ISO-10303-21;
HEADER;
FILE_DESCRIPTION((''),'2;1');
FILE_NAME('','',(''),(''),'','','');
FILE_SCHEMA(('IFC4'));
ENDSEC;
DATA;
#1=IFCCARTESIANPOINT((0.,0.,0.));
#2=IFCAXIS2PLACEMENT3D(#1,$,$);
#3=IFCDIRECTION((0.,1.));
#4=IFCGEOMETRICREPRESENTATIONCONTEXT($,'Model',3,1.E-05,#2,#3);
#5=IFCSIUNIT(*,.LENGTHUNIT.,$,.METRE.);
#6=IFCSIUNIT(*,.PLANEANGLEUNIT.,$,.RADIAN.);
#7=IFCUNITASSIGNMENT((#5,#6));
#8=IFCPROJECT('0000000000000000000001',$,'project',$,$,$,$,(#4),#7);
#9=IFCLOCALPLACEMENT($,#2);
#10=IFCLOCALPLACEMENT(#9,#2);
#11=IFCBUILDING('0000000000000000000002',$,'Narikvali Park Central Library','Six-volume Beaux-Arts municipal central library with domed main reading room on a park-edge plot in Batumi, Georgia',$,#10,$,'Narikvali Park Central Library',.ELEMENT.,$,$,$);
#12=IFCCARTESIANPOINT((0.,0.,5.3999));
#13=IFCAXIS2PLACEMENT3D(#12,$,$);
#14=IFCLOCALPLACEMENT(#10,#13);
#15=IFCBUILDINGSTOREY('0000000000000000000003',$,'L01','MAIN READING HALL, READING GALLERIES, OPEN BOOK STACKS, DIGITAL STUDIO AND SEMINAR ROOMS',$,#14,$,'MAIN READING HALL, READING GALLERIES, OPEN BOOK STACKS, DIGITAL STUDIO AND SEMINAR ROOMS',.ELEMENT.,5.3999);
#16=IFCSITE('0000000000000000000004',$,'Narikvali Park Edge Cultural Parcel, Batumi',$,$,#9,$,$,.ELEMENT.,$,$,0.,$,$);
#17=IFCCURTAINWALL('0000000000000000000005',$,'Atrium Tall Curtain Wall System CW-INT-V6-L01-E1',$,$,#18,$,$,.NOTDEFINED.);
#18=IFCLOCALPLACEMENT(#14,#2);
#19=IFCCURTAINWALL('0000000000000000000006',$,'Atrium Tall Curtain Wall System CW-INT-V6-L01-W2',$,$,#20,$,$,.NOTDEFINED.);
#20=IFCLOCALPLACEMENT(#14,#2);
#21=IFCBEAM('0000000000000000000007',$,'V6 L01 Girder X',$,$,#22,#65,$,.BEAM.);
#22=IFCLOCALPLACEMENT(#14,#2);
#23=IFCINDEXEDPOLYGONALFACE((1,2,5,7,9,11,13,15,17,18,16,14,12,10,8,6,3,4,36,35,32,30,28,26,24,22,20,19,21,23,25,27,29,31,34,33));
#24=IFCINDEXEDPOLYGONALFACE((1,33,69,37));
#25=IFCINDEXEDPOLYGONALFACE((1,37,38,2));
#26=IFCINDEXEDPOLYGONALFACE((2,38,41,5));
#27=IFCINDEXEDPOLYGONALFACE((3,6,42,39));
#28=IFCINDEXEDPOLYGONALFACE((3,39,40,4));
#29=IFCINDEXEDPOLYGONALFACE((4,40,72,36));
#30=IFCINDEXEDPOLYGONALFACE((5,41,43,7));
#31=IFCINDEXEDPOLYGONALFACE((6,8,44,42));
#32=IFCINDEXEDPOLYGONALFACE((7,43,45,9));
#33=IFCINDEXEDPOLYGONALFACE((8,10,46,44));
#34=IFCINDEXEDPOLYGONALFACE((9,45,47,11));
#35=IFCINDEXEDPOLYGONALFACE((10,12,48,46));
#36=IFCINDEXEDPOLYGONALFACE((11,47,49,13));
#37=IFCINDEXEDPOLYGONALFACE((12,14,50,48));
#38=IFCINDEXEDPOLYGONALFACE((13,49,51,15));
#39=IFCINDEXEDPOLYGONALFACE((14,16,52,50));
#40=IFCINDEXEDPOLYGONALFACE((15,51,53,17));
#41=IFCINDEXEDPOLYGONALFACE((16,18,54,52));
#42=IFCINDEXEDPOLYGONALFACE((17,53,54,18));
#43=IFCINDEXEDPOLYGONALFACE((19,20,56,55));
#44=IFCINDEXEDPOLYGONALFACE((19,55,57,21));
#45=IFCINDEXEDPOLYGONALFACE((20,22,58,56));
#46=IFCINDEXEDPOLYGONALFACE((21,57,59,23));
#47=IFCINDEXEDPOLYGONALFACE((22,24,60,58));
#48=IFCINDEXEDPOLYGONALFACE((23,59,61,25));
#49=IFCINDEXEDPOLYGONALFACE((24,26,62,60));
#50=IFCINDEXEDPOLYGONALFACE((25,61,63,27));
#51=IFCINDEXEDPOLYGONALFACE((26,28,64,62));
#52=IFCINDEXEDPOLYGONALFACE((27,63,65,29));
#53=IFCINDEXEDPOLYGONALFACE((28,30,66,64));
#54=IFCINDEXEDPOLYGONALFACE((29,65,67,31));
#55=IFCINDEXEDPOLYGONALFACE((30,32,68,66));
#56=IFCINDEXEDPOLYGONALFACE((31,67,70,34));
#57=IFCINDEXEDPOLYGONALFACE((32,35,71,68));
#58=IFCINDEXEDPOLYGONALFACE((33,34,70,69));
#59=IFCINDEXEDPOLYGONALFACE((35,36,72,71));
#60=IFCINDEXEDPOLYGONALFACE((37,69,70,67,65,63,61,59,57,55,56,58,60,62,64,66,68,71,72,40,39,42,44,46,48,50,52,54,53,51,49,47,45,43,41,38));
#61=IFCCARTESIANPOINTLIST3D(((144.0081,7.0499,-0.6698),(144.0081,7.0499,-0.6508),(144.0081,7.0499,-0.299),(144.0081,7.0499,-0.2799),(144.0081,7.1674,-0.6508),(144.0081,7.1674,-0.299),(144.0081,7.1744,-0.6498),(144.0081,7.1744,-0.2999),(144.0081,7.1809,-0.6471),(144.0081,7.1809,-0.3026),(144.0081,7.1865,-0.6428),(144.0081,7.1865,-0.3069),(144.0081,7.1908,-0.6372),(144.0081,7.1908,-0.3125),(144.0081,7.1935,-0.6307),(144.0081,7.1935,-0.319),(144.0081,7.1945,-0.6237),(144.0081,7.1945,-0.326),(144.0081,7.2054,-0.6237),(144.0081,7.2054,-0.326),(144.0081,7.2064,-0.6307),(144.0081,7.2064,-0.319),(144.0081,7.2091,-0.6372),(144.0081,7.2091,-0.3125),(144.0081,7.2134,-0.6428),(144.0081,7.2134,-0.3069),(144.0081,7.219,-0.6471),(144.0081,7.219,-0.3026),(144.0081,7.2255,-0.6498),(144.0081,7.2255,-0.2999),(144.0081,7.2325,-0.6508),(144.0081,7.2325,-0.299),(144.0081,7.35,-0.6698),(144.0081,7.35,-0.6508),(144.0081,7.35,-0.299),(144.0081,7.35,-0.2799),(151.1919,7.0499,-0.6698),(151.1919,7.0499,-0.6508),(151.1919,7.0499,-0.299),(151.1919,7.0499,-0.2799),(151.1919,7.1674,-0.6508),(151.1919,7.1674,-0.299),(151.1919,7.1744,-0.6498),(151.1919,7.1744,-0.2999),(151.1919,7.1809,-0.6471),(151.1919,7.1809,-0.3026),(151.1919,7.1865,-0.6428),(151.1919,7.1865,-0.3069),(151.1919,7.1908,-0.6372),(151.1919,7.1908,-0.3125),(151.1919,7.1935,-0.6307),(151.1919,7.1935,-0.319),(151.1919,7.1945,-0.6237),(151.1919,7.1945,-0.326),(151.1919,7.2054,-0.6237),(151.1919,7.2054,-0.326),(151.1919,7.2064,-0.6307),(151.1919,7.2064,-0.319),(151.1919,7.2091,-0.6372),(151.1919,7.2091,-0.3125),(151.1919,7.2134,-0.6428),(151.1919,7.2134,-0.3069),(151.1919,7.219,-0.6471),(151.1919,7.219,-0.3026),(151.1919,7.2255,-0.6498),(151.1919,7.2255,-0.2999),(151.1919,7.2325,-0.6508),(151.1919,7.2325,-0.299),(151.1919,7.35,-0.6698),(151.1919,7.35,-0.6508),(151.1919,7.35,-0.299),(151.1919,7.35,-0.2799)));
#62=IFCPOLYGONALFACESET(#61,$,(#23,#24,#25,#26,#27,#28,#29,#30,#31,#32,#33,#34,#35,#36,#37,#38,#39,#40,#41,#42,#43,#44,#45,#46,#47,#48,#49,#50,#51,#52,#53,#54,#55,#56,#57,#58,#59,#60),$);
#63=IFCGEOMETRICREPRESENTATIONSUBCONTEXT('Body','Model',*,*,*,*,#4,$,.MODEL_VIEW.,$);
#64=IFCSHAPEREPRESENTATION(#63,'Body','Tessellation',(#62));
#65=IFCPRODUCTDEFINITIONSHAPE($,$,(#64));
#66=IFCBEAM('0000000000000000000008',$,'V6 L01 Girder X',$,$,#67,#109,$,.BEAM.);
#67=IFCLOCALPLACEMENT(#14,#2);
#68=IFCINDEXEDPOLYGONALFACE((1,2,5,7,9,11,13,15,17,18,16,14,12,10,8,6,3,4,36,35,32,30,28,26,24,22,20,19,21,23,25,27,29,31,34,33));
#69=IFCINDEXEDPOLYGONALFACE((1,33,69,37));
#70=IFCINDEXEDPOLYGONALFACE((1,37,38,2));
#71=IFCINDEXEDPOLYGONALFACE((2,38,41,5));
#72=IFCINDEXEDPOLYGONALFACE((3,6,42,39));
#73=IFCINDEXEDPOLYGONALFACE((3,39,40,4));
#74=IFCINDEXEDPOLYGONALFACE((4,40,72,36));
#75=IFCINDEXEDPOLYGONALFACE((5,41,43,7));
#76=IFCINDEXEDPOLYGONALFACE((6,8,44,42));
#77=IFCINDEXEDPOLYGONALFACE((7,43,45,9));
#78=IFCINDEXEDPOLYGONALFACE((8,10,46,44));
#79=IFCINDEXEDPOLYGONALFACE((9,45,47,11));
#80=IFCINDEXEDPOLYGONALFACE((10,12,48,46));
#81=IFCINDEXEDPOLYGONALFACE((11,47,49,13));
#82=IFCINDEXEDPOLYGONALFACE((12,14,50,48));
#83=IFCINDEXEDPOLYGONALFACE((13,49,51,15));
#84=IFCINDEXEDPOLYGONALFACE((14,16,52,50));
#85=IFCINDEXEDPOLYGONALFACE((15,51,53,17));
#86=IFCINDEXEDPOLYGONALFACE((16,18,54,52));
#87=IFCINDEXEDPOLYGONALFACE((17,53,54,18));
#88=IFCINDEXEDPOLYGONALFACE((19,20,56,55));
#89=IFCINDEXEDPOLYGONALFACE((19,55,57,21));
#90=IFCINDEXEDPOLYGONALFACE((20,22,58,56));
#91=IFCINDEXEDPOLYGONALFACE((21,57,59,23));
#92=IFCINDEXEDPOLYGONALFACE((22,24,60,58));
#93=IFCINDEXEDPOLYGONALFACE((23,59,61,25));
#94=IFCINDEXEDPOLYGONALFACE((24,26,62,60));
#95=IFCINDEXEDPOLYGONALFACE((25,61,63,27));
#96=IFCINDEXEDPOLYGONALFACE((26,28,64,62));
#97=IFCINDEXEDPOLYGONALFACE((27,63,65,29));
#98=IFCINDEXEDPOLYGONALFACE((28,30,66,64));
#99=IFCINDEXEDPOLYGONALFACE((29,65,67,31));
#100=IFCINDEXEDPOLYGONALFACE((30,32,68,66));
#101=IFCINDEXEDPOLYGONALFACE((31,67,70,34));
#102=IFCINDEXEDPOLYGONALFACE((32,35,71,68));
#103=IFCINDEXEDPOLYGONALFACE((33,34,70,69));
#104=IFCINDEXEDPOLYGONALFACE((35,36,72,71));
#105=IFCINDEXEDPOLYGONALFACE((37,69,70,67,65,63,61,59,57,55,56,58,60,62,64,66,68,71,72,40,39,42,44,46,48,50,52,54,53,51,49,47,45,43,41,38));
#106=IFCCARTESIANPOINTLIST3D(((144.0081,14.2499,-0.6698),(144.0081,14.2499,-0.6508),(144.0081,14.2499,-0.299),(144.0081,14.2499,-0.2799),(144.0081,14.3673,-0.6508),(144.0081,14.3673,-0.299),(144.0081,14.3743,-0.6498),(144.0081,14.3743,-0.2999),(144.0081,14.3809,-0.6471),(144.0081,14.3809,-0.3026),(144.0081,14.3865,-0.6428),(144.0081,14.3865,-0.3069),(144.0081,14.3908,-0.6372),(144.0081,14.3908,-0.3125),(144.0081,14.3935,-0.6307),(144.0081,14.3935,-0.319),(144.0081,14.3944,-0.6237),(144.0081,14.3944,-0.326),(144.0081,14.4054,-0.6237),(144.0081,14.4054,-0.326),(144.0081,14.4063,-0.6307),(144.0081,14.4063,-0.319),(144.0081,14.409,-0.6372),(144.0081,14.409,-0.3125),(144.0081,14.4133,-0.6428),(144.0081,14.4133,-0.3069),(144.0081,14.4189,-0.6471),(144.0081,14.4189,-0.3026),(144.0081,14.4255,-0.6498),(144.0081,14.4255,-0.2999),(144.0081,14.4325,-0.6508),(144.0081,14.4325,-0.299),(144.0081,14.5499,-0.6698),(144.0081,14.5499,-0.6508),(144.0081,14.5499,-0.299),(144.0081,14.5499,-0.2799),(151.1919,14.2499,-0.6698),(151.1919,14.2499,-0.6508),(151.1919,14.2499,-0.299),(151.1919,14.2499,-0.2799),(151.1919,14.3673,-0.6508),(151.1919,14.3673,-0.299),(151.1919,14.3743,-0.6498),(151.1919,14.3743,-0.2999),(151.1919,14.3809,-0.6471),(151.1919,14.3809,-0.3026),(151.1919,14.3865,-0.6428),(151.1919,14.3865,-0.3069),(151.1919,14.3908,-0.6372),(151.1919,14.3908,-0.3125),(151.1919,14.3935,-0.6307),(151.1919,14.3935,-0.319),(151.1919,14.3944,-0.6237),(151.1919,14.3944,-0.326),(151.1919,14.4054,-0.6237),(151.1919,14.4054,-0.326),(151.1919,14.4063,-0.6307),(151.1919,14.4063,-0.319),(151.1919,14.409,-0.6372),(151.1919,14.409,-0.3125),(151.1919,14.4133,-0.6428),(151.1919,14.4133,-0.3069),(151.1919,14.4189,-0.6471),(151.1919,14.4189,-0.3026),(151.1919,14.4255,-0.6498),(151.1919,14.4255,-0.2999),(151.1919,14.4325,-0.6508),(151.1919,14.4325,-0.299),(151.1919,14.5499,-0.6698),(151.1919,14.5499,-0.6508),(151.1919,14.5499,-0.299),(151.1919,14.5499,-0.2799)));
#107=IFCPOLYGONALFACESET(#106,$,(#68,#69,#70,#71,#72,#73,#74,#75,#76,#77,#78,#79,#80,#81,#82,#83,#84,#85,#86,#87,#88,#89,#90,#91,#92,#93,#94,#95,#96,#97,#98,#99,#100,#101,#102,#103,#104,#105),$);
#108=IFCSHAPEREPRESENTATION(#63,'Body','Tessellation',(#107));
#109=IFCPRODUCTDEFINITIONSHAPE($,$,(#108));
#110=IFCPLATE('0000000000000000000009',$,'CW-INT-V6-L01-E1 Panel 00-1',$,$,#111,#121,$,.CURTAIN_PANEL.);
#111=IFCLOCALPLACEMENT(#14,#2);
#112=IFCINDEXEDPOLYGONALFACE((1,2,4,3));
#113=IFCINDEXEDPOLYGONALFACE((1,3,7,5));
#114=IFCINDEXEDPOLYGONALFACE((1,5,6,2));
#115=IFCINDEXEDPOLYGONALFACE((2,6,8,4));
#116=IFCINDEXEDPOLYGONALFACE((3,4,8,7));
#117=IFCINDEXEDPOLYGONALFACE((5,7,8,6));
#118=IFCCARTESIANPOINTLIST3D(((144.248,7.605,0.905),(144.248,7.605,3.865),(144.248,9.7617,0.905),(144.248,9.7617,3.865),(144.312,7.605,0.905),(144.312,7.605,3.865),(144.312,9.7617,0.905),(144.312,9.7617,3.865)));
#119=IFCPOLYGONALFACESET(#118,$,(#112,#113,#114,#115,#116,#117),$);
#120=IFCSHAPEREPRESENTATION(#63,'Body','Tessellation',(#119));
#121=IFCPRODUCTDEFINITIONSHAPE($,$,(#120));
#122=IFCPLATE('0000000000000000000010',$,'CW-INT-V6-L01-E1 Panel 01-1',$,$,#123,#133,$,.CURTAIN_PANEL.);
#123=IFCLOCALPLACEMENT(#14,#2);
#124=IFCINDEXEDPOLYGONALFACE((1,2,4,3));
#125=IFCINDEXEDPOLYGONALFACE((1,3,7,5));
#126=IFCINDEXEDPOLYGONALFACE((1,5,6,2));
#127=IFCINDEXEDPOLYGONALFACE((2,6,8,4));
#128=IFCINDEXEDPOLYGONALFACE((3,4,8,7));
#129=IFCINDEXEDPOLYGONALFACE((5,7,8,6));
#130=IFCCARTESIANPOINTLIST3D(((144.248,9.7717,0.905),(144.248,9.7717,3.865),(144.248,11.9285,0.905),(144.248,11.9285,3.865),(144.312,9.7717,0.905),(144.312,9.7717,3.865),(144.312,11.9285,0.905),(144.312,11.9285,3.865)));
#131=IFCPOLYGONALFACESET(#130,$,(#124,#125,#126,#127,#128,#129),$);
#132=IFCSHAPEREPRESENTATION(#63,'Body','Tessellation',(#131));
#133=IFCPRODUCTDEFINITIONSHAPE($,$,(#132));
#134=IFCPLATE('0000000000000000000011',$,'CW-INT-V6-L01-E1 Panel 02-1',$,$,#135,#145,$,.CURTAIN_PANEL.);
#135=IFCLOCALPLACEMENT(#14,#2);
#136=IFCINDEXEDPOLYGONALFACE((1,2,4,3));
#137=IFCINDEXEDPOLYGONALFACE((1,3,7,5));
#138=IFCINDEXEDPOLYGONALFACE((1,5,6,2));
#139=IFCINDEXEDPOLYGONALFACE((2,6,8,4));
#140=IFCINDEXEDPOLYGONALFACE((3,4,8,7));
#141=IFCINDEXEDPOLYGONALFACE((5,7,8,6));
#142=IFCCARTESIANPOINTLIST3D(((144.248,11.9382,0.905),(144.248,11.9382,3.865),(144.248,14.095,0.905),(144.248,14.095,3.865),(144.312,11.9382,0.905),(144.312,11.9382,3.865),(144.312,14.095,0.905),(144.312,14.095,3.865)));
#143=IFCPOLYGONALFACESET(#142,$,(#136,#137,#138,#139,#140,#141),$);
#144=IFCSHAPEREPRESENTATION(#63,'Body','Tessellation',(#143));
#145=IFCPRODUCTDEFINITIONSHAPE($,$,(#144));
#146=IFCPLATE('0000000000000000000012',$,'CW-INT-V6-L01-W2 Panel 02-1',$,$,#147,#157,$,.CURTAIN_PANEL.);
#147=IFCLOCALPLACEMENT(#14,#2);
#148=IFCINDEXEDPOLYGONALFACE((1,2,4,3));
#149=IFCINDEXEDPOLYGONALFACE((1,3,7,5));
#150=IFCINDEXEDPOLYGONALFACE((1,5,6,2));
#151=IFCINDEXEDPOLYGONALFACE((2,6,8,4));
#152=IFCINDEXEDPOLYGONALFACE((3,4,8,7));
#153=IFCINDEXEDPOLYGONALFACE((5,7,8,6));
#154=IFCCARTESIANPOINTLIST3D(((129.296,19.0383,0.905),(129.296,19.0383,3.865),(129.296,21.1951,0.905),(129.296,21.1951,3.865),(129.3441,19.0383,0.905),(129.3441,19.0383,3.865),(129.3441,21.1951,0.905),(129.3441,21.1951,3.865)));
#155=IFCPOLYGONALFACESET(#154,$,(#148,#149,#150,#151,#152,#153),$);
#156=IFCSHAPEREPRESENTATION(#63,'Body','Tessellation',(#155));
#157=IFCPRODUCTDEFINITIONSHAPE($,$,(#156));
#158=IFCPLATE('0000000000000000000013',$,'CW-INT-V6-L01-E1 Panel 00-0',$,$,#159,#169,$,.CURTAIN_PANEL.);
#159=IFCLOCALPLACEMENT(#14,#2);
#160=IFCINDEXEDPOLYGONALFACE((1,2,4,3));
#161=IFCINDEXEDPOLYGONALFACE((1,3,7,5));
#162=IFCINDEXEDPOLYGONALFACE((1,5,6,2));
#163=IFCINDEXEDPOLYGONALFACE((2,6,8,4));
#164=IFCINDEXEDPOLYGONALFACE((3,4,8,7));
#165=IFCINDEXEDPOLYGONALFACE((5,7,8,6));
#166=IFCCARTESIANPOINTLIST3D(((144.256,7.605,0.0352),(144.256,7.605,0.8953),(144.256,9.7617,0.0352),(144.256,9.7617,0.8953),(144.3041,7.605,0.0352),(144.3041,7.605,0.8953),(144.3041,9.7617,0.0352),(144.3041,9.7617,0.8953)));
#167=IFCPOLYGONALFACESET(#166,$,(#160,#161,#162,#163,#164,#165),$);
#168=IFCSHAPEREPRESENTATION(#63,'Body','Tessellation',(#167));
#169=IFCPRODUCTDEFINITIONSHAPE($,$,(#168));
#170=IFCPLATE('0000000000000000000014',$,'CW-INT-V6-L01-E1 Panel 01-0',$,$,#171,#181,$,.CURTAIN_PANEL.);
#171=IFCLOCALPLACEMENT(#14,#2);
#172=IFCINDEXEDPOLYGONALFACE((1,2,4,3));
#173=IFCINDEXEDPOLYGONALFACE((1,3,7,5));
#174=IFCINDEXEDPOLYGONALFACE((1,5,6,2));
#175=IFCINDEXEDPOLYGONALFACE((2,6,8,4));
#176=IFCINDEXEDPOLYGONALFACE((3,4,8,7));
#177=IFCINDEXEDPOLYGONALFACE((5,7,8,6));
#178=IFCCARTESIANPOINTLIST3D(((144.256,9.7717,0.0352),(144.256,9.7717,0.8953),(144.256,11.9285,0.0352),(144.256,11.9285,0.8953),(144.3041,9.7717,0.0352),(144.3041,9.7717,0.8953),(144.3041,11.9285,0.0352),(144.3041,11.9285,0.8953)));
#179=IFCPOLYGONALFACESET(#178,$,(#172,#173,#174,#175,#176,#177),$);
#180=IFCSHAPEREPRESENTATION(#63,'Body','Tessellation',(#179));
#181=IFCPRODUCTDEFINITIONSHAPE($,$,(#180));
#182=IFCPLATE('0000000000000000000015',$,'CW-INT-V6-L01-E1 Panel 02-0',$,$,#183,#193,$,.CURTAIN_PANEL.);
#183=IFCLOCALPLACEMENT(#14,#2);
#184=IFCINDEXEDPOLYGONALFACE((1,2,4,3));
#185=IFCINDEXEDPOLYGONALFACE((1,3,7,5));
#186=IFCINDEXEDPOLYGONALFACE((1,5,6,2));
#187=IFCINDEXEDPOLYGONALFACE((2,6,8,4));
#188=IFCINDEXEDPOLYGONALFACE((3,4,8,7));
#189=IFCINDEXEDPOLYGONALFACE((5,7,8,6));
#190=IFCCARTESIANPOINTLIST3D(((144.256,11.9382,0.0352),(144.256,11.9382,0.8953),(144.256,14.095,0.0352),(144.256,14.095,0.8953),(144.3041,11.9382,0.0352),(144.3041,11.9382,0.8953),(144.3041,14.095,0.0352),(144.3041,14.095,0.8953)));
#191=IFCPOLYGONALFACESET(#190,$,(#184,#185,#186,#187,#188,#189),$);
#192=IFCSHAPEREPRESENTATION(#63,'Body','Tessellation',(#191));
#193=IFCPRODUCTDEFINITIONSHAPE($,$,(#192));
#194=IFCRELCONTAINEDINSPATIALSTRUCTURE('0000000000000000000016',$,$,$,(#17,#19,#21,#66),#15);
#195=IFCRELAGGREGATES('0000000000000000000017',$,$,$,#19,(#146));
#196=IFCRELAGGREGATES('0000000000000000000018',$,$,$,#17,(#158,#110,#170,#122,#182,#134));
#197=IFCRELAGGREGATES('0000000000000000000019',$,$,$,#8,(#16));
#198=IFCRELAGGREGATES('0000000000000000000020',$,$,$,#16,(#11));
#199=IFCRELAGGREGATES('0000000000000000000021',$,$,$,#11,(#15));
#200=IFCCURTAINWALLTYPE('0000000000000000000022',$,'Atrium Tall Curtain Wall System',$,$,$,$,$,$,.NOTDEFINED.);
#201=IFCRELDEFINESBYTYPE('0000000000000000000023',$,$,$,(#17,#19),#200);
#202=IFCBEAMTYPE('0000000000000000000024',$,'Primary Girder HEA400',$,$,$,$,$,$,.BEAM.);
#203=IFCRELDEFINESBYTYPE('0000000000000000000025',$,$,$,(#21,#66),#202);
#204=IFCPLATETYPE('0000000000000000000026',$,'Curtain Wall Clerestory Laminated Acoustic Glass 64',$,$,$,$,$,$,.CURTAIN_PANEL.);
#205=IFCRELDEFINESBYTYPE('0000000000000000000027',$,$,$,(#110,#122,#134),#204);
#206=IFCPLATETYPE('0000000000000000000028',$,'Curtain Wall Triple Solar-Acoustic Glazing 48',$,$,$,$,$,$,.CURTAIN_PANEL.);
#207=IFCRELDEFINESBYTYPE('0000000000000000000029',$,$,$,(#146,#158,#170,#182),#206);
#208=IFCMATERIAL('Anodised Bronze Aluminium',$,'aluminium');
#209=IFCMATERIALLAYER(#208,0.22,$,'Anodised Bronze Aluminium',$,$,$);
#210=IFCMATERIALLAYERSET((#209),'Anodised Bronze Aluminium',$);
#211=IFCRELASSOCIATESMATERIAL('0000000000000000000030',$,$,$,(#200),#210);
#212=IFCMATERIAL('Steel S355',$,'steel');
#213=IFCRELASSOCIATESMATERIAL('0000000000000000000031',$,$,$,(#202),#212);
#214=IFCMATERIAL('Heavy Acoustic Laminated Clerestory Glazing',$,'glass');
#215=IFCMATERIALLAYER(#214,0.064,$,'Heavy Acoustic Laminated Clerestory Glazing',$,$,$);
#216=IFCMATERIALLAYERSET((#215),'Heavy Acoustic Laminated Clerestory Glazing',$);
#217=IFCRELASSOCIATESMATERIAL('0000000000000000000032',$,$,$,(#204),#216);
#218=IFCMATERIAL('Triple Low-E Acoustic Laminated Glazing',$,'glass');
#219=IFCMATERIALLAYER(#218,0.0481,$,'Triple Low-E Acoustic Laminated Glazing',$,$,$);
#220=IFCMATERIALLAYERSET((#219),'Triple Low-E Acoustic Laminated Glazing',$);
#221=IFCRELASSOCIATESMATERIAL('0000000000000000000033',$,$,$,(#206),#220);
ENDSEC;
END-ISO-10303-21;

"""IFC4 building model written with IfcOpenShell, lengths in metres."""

from ifc_helpers import new_model, si_unit, direction, frame, origin, origin_2d, place, context, subcontext, project, spatial, rectangle, i_section, extrude, material, layer, layer_set, material_profile, profile_set, type_object, element, aggregate, save


model = new_model("IFC4")

# Units and contexts
model_context = context("Model", 3, precision=1e-05, world=origin(), true_north=direction((0.0, 1.0)))
body_context = subcontext(model_context, "Body", "Model", "MODEL_VIEW")
ifc_project = project(units=[si_unit("LENGTHUNIT", "METRE"), si_unit("PLANEANGLEUNIT", "RADIAN")], contexts=[model_context])

# Site, building, storey
site_placement = place(None, origin())
site = spatial("IfcSite", under=ifc_project, at=site_placement, Name="Narikvali Park Edge Cultural Parcel, Batumi", CompositionType="ELEMENT", RefElevation=0.0)
building_placement = place(site_placement, origin())
building = spatial("IfcBuilding", under=site, at=building_placement, Name="Narikvali Park Central Library", Description="Six-volume Beaux-Arts municipal central library with domed main reading room on a park-edge plot in Batumi, Georgia", LongName="Narikvali Park Central Library", CompositionType="ELEMENT")
storey_placement = place(building_placement, frame((0.0, 0.0, 5.3999)))
storey = spatial("IfcBuildingStorey", under=building, at=storey_placement, Name="L01", Description="MAIN READING HALL, READING GALLERIES, OPEN BOOK STACKS, DIGITAL STUDIO AND SEMINAR ROOMS", LongName="MAIN READING HALL, READING GALLERIES, OPEN BOOK STACKS, DIGITAL STUDIO AND SEMINAR ROOMS", CompositionType="ELEMENT", Elevation=5.3999)

# Shared definitions
ifc_material_1 = material(Name="Steel S355", Category="steel")

# Curtain wall
ifc_material_2 = material(Name="Anodised Bronze Aluminium", Category="aluminium")
ifc_layer_1 = layer(ifc_material_2, 0.22, Name="Anodised Bronze Aluminium")
ifc_layer_set_1 = layer_set([ifc_layer_1], Name="Anodised Bronze Aluminium")
curtain_wall_type = type_object("IfcCurtainWallType", Name="Atrium Tall Curtain Wall System", PredefinedType="NOTDEFINED", material=ifc_layer_set_1)
curtain_wall_1_placement = place(storey_placement, origin())
curtain_wall_1 = element("IfcCurtainWall", 1, at=curtain_wall_1_placement, inside=storey, type_object=curtain_wall_type, Name="Atrium Tall Curtain Wall System CW-INT-V6-L01-E1", PredefinedType="NOTDEFINED")

# Curtain wall
curtain_wall_2_placement = place(storey_placement, origin())
curtain_wall_2 = element("IfcCurtainWall", 2, at=curtain_wall_2_placement, inside=storey, type_object=curtain_wall_type, Name="Atrium Tall Curtain Wall System CW-INT-V6-L01-W2", PredefinedType="NOTDEFINED")

# Beams
ifc_material_profile_1 = material_profile(ifc_material_1, i_section(OverallWidth=0.3, OverallDepth=0.3899, WebThickness=0.011, FlangeThickness=0.019, FilletRadius=0.0271, at=origin_2d()), Name="HEA 400")
ifc_profile_set_1 = profile_set([ifc_material_profile_1], Name="Steel S355")
beam_type = type_object("IfcBeamType", Name="Primary Girder HEA400", PredefinedType="BEAM", material=ifc_profile_set_1)
for number, where, z_axis, x_axis, name in (
    (3, (144.0081, 7.2, -0.4749), (1.0, 0.0, 0.0), (0.0, 1.0, 0.0), "V6 L01 Girder X"),
    (4, (144.0081, 14.3999, -0.4749), (1.0, 0.0, 0.0), (0.0, 1.0, 0.0), "V6 L01 Girder X"),
):
    element("IfcBeam", number, at=place(storey_placement, frame(where, z_axis=z_axis, x_axis=x_axis)), inside=storey, type_object=beam_type, Name=name, PredefinedType="BEAM", context=body_context, shape_type="SweptSolid", body=[
        extrude(i_section(OverallWidth=0.3, OverallDepth=0.3899, WebThickness=0.011, FlangeThickness=0.019, FilletRadius=0.0271, at=origin_2d()), origin(), (0.0, 0.0, 1.0), 7.1838),
    ])

# Plates
ifc_material_3 = material(Name="Heavy Acoustic Laminated Clerestory Glazing", Category="glass")
ifc_layer_2 = layer(ifc_material_3, 0.064, Name="Heavy Acoustic Laminated Clerestory Glazing")
ifc_layer_set_2 = layer_set([ifc_layer_2], Name="Heavy Acoustic Laminated Clerestory Glazing")
plate_type_1 = type_object("IfcPlateType", Name="Curtain Wall Clerestory Laminated Acoustic Glass 64", PredefinedType="CURTAIN_PANEL", material=ifc_layer_set_2)
plate_1_placement = place(storey_placement, frame((144.28, 8.6833, 0.905), z_axis=(0.0, 0.0, 1.0), x_axis=(0.0, 1.0, 0.0)))
plate_1 = element("IfcPlate", 5, at=plate_1_placement, type_object=plate_type_1, Name="CW-INT-V6-L01-E1 Panel 00-1", PredefinedType="CURTAIN_PANEL", context=body_context, shape_type="SweptSolid", body=[
    extrude(rectangle(XDim=2.1567, YDim=0.064, at=origin_2d()), origin(), (0.0, 0.0, 1.0), 2.96),
])
plate_2_placement = place(storey_placement, frame((144.28, 10.8501, 0.905), z_axis=(0.0, 0.0, 1.0), x_axis=(0.0, 1.0, 0.0)))
plate_2 = element("IfcPlate", 6, at=plate_2_placement, type_object=plate_type_1, Name="CW-INT-V6-L01-E1 Panel 01-1", PredefinedType="CURTAIN_PANEL", context=body_context, shape_type="SweptSolid", body=[
    extrude(rectangle(XDim=2.1567, YDim=0.064, at=origin_2d()), origin(), (0.0, 0.0, 1.0), 2.96),
])
plate_3_placement = place(storey_placement, frame((144.28, 13.0166, 0.905), z_axis=(0.0, 0.0, 1.0), x_axis=(0.0, 1.0, 0.0)))
plate_3 = element("IfcPlate", 7, at=plate_3_placement, type_object=plate_type_1, Name="CW-INT-V6-L01-E1 Panel 02-1", PredefinedType="CURTAIN_PANEL", context=body_context, shape_type="SweptSolid", body=[
    extrude(rectangle(XDim=2.1567, YDim=0.064, at=origin_2d()), origin(), (0.0, 0.0, 1.0), 2.96),
])
ifc_material_4 = material(Name="Triple Low-E Acoustic Laminated Glazing", Category="glass")
ifc_layer_3 = layer(ifc_material_4, 0.0481, Name="Triple Low-E Acoustic Laminated Glazing")
ifc_layer_set_3 = layer_set([ifc_layer_3], Name="Triple Low-E Acoustic Laminated Glazing")
plate_type_2 = type_object("IfcPlateType", Name="Curtain Wall Triple Solar-Acoustic Glazing 48", PredefinedType="CURTAIN_PANEL", material=ifc_layer_set_3)
plate_4_placement = place(storey_placement, frame((129.3201, 20.1167, 0.905), z_axis=(0.0, 0.0, 1.0), x_axis=(0.0, 1.0, 0.0)))
plate_4 = element("IfcPlate", 8, at=plate_4_placement, type_object=plate_type_2, Name="CW-INT-V6-L01-W2 Panel 02-1", PredefinedType="CURTAIN_PANEL", context=body_context, shape_type="SweptSolid", body=[
    extrude(rectangle(XDim=2.1567, YDim=0.0481, at=origin_2d()), origin(), (0.0, 0.0, 1.0), 2.96),
])
aggregate(curtain_wall_2, [plate_4])
plate_5_placement = place(storey_placement, frame((144.28, 8.6833, 0.0352), z_axis=(0.0, 0.0, 1.0), x_axis=(0.0, 1.0, 0.0)))
plate_5 = element("IfcPlate", 9, at=plate_5_placement, type_object=plate_type_2, Name="CW-INT-V6-L01-E1 Panel 00-0", PredefinedType="CURTAIN_PANEL", context=body_context, shape_type="SweptSolid", body=[
    extrude(rectangle(XDim=2.1567, YDim=0.0481, at=origin_2d()), origin(), (0.0, 0.0, 1.0), 0.8601),
])
plate_6_placement = place(storey_placement, frame((144.28, 10.8501, 0.0352), z_axis=(0.0, 0.0, 1.0), x_axis=(0.0, 1.0, 0.0)))
plate_6 = element("IfcPlate", 10, at=plate_6_placement, type_object=plate_type_2, Name="CW-INT-V6-L01-E1 Panel 01-0", PredefinedType="CURTAIN_PANEL", context=body_context, shape_type="SweptSolid", body=[
    extrude(rectangle(XDim=2.1567, YDim=0.0481, at=origin_2d()), origin(), (0.0, 0.0, 1.0), 0.8601),
])
plate_7_placement = place(storey_placement, frame((144.28, 13.0166, 0.0352), z_axis=(0.0, 0.0, 1.0), x_axis=(0.0, 1.0, 0.0)))
plate_7 = element("IfcPlate", 11, at=plate_7_placement, type_object=plate_type_2, Name="CW-INT-V6-L01-E1 Panel 02-0", PredefinedType="CURTAIN_PANEL", context=body_context, shape_type="SweptSolid", body=[
    extrude(rectangle(XDim=2.1567, YDim=0.0481, at=origin_2d()), origin(), (0.0, 0.0, 1.0), 0.8601),
])
aggregate(curtain_wall_1, [plate_5, plate_1, plate_6, plate_2, plate_7, plate_3])

save(model, "model.ifc")
